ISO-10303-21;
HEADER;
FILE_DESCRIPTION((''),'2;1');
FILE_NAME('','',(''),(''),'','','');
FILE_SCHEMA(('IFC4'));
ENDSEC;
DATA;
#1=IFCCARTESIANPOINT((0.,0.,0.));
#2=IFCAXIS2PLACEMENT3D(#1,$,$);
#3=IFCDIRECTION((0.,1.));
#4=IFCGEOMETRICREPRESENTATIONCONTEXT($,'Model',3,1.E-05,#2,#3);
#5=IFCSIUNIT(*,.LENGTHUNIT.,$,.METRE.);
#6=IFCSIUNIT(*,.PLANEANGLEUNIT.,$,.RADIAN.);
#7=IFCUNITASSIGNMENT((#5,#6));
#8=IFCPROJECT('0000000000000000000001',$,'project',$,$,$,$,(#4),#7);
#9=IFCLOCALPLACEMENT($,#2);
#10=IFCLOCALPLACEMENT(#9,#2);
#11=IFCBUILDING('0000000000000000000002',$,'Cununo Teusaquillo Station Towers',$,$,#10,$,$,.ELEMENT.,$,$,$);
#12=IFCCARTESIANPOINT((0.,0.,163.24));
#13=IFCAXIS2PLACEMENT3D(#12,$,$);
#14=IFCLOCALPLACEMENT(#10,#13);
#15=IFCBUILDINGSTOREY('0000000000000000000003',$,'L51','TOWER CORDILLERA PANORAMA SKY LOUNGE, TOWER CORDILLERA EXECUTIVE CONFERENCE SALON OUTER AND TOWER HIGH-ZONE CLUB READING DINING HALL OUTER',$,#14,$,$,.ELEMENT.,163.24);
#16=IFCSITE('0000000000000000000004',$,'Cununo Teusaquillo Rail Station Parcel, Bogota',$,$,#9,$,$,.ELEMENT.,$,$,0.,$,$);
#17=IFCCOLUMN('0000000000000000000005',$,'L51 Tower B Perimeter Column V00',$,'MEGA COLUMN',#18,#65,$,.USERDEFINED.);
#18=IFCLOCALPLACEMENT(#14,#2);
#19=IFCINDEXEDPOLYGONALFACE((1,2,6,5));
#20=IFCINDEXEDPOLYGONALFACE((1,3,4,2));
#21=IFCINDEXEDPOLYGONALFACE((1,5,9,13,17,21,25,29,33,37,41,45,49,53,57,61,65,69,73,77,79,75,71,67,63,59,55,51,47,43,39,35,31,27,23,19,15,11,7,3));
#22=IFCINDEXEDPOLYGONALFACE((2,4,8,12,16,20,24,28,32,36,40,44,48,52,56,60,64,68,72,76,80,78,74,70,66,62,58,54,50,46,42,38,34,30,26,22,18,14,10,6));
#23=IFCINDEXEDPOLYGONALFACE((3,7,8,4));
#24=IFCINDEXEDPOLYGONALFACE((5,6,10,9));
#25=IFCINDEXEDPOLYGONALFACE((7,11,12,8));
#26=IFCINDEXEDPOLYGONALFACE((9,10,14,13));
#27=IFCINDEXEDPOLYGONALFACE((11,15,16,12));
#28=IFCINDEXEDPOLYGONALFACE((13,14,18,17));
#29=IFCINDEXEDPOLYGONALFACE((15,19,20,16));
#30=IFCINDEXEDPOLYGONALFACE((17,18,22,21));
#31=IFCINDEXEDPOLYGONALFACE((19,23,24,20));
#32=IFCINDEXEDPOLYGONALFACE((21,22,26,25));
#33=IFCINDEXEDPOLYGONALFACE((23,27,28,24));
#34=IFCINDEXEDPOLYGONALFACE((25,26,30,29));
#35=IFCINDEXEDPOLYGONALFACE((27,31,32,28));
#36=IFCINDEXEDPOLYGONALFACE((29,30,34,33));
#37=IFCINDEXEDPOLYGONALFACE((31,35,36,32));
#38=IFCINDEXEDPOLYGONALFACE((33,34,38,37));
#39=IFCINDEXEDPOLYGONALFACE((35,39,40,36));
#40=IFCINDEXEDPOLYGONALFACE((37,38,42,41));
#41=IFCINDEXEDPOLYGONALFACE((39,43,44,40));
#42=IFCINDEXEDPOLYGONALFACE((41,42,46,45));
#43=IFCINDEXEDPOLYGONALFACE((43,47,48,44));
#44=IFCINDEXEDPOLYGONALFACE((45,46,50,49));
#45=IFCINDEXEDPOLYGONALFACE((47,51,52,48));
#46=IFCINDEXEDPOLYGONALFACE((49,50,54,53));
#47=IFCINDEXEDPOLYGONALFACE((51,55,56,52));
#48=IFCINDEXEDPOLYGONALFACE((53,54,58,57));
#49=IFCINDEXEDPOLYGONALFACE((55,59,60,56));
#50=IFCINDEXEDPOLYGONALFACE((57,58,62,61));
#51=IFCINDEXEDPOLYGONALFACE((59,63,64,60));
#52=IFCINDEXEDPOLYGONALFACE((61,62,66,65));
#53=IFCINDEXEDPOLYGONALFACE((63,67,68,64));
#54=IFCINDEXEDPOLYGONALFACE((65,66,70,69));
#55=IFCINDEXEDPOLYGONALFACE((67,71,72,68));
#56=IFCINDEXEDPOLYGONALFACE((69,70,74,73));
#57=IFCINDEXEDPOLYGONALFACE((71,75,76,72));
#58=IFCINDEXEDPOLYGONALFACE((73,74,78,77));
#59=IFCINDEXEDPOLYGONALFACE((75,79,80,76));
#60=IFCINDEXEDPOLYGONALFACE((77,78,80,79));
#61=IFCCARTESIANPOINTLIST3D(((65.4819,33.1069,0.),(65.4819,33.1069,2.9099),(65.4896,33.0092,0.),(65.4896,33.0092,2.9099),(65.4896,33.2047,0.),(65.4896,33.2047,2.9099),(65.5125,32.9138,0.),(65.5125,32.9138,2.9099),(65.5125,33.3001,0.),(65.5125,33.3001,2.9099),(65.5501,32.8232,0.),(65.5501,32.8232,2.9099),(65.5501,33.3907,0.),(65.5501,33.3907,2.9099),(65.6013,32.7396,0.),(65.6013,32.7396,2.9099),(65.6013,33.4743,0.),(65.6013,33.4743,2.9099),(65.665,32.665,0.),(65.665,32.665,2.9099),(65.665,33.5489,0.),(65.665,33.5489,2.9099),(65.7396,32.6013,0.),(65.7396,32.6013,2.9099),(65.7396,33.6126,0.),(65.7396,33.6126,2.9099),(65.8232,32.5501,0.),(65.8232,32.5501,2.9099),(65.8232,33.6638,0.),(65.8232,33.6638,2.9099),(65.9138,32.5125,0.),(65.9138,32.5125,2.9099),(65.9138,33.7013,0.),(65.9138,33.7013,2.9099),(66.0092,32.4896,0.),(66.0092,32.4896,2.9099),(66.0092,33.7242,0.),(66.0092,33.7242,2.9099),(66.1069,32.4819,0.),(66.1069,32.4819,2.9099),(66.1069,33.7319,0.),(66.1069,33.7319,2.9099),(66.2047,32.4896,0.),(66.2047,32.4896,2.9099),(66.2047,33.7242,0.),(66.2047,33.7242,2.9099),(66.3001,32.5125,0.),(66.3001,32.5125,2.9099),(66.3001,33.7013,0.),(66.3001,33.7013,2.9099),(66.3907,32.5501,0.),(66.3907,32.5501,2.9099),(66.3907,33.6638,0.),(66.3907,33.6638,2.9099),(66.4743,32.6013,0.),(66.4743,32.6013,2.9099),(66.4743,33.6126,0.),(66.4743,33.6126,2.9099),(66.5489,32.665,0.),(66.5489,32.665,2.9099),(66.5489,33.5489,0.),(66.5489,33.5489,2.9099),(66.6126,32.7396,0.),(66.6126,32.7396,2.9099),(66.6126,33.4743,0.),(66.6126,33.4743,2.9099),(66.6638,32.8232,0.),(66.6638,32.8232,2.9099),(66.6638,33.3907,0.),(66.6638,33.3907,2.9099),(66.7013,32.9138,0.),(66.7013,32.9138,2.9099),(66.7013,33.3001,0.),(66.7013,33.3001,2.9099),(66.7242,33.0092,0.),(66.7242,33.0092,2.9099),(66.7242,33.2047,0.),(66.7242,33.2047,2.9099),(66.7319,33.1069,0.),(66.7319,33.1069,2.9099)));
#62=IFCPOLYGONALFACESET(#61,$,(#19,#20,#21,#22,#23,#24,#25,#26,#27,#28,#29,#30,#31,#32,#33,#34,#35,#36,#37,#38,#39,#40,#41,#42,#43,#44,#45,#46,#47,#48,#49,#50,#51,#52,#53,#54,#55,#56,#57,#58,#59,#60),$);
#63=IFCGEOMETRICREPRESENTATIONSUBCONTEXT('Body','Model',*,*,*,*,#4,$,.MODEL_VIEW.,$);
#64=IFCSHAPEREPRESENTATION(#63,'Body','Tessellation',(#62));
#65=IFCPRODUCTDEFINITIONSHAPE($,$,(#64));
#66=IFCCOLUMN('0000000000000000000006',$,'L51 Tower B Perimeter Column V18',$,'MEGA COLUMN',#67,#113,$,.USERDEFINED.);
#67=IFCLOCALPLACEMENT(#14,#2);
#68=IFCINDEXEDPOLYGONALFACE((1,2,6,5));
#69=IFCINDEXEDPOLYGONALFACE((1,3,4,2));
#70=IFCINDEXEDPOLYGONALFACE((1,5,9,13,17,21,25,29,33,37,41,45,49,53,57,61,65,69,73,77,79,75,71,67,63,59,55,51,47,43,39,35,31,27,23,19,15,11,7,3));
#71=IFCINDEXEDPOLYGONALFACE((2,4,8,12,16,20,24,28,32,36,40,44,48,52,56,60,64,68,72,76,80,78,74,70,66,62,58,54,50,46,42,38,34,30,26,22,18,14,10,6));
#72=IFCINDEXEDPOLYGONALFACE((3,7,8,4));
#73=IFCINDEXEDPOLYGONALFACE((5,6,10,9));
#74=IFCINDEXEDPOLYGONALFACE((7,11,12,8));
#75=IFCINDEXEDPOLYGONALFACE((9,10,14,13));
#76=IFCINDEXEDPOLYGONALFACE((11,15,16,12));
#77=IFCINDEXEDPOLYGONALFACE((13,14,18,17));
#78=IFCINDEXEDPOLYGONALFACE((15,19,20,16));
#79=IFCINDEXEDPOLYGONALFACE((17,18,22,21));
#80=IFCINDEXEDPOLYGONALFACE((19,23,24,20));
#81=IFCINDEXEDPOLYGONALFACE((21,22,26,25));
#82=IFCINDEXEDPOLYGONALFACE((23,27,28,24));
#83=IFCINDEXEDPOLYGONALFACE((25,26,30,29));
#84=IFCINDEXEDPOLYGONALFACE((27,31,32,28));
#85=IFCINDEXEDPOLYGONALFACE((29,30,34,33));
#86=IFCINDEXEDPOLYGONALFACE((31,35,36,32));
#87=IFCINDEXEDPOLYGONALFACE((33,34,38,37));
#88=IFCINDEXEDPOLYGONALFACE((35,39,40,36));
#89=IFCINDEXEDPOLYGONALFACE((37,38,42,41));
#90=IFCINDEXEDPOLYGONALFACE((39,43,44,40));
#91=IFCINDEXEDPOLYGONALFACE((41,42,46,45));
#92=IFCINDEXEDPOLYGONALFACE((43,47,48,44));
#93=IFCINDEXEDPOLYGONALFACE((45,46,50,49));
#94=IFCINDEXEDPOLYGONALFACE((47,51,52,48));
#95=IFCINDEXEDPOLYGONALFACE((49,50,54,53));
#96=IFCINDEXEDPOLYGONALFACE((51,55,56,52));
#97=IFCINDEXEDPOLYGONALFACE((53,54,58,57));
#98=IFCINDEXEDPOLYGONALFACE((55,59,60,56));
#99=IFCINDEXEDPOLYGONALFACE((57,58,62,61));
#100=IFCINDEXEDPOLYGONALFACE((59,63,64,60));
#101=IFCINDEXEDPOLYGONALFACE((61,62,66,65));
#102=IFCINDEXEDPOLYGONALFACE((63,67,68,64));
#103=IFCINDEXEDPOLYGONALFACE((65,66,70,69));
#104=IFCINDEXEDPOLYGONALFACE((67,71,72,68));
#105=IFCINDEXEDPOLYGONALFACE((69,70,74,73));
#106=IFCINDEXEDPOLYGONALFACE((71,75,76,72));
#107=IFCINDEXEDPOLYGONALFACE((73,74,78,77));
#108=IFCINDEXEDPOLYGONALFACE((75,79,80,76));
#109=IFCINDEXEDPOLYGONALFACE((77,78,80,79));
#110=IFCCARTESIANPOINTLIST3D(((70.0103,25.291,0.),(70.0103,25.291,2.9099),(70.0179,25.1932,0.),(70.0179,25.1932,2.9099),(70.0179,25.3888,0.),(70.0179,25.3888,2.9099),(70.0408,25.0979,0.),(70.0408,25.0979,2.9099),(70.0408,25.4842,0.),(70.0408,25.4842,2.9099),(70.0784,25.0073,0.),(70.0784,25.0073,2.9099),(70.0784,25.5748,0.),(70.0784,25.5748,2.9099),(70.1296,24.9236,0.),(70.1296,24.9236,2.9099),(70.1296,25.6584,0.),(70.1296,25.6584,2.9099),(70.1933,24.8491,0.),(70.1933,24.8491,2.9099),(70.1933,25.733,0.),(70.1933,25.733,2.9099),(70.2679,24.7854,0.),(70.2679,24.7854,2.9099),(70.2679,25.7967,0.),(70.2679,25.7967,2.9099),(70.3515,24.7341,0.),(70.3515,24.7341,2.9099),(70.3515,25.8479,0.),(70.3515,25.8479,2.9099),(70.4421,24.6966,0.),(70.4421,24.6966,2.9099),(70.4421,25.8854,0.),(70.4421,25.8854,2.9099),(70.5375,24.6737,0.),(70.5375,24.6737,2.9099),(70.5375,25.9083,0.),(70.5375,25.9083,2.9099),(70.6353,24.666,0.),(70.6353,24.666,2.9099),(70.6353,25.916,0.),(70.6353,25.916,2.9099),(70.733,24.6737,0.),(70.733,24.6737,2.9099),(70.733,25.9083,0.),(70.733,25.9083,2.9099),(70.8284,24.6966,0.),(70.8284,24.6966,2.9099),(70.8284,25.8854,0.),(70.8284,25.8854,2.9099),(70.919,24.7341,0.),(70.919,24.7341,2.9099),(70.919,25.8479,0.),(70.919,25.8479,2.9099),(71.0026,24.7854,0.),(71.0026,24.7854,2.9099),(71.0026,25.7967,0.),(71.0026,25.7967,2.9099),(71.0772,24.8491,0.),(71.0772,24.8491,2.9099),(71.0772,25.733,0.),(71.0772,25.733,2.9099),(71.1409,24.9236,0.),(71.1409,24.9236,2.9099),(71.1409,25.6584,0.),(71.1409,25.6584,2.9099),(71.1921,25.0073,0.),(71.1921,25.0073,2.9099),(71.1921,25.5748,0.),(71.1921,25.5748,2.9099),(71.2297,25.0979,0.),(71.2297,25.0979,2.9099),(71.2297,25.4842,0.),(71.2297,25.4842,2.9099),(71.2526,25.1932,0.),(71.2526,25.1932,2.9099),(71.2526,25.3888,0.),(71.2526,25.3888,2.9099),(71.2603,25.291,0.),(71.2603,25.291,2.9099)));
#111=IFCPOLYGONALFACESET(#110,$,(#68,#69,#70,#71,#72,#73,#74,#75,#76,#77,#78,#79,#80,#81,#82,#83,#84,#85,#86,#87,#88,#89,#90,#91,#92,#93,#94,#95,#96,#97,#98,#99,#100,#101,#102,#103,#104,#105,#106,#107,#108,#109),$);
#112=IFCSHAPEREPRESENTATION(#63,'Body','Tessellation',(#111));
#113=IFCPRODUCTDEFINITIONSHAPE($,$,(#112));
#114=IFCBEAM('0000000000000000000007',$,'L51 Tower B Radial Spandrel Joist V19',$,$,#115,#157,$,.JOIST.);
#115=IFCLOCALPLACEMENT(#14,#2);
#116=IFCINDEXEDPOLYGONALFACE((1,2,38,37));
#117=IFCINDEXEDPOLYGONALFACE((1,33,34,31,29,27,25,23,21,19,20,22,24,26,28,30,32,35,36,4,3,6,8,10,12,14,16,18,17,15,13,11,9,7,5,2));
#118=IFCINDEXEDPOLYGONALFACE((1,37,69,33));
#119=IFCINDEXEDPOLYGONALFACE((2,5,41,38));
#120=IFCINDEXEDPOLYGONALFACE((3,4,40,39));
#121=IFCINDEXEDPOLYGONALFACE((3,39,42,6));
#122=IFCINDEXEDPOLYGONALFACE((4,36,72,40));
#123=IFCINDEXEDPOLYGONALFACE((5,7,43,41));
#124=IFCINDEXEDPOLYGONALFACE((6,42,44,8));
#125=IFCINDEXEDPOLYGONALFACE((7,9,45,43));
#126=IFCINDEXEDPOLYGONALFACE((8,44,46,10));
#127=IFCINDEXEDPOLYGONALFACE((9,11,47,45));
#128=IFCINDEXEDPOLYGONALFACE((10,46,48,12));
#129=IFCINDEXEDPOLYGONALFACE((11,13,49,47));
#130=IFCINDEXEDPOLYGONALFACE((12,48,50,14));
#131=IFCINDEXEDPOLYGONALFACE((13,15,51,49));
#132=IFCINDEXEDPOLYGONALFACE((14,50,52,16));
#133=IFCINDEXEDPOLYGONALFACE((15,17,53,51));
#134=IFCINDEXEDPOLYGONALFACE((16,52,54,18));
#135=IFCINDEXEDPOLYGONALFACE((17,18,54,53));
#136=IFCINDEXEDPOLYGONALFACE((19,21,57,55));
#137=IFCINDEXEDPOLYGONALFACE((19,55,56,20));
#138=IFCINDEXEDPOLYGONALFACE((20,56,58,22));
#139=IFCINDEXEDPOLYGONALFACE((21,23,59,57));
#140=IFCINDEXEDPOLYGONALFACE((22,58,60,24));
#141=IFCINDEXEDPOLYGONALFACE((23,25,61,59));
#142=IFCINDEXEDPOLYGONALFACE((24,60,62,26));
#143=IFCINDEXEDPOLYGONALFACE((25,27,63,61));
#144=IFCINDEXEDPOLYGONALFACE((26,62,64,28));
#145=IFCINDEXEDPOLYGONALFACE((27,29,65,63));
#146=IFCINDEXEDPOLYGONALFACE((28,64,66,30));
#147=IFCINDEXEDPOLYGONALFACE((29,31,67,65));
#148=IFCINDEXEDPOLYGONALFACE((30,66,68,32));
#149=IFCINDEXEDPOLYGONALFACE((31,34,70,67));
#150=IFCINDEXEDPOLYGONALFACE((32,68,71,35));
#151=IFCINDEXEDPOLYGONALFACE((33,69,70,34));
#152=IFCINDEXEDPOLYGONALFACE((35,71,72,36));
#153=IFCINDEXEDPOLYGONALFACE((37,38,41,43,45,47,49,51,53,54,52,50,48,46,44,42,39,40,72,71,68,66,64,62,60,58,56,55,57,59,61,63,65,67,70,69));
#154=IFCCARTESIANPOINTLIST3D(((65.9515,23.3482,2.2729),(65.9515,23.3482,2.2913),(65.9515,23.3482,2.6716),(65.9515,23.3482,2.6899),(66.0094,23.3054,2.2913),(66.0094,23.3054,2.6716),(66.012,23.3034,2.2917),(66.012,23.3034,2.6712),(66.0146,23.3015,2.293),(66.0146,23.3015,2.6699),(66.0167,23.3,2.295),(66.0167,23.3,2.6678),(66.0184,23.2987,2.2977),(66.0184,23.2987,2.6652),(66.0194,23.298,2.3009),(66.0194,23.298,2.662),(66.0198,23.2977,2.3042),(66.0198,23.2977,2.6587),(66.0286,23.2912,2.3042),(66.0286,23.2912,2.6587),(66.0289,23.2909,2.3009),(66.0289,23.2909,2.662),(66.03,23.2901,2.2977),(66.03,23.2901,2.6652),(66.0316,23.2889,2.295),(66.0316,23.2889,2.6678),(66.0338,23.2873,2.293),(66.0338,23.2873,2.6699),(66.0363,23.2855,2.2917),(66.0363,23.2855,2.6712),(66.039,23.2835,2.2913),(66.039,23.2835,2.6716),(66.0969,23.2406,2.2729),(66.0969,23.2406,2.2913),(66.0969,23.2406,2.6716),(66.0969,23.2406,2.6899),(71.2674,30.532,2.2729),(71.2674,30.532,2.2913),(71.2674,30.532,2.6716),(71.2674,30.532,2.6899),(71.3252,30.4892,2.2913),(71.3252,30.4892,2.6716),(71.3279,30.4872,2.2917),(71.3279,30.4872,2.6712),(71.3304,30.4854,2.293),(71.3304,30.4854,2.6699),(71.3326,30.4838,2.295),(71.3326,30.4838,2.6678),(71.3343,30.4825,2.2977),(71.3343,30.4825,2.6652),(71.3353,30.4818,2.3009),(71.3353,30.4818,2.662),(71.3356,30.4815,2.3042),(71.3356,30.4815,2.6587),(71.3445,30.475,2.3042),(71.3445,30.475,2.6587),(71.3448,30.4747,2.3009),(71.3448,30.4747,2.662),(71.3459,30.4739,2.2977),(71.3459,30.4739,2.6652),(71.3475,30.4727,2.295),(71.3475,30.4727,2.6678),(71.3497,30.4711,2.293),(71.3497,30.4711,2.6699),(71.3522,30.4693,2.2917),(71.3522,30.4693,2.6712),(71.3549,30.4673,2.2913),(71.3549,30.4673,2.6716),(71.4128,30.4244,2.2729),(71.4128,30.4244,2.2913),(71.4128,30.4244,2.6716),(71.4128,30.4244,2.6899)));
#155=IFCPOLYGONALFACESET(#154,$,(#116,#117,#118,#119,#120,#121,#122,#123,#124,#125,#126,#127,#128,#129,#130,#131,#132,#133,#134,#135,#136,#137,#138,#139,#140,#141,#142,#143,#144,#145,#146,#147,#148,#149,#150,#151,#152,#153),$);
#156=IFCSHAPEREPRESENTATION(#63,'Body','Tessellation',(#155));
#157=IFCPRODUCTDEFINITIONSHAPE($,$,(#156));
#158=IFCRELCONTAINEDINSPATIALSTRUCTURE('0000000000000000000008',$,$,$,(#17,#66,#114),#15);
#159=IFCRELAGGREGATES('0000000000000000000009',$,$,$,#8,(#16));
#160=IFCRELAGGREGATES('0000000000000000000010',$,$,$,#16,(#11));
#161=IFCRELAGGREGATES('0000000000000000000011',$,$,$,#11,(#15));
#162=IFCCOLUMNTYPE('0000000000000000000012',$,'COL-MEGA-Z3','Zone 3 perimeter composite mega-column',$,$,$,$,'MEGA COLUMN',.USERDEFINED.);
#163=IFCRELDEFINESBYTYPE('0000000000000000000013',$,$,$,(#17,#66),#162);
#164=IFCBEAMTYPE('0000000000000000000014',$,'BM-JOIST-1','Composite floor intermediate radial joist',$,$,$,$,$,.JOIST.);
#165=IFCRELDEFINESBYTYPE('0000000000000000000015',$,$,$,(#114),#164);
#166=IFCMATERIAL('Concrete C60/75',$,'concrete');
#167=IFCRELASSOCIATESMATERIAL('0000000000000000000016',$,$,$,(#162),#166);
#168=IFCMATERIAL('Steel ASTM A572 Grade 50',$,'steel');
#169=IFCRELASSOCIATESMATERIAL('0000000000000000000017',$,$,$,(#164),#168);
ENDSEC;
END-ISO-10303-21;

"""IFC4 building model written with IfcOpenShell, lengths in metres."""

from ifc_helpers import new_model, si_unit, direction, frame, origin, origin_2d, place, context, subcontext, project, spatial, circle, i_section, extrude, material, material_profile, profile_set, type_object, element, save


model = new_model("IFC4")

# Units and contexts
model_context = context("Model", 3, precision=1e-05, world=origin(), true_north=direction((0.0, 1.0)))
body_context = subcontext(model_context, "Body", "Model", "MODEL_VIEW")
ifc_project = project(units=[si_unit("LENGTHUNIT", "METRE"), si_unit("PLANEANGLEUNIT", "RADIAN")], contexts=[model_context])

# Site, building, storey
site_placement = place(None, origin())
site = spatial("IfcSite", under=ifc_project, at=site_placement, Name="Cununo Teusaquillo Rail Station Parcel, Bogota", CompositionType="ELEMENT", RefElevation=0.0)
building_placement = place(site_placement, origin())
building = spatial("IfcBuilding", under=site, at=building_placement, Name="Cununo Teusaquillo Station Towers", CompositionType="ELEMENT")
storey_placement = place(building_placement, frame((0.0, 0.0, 163.24)))
storey = spatial("IfcBuildingStorey", under=building, at=storey_placement, Name="L51", Description="TOWER CORDILLERA PANORAMA SKY LOUNGE, TOWER CORDILLERA EXECUTIVE CONFERENCE SALON OUTER AND TOWER HIGH-ZONE CLUB READING DINING HALL OUTER", CompositionType="ELEMENT", Elevation=163.24)

# Columns
ifc_material_1 = material(Name="Concrete C60/75", Category="concrete")
ifc_material_profile_1 = material_profile(ifc_material_1, circle(Radius=0.625, at=origin_2d()), Name="RC-CIRC-1250")
ifc_profile_set_1 = profile_set([ifc_material_profile_1], Name="Concrete C60/75")
column_type = type_object("IfcColumnType", Name="COL-MEGA-Z3", Description="Zone 3 perimeter composite mega-column", ElementType="MEGA COLUMN", PredefinedType="USERDEFINED", material=ifc_profile_set_1)
for number, where, z_axis, x_axis, name in (
    (1, (66.1069, 33.1069, 0.0), (0.0, 0.0, 1.0), (1.0, 0.0, 0.0), "L51 Tower B Perimeter Column V00"),
    (2, (70.6353, 25.291, 0.0), (0.0, 0.0, 1.0), (1.0, 0.0, 0.0), "L51 Tower B Perimeter Column V18"),
):
    element("IfcColumn", number, at=place(storey_placement, frame(where, z_axis=z_axis, x_axis=x_axis)), inside=storey, type_object=column_type, Name=name, ObjectType="MEGA COLUMN", PredefinedType="USERDEFINED", context=body_context, shape_type="SweptSolid", body=[
        extrude(circle(Radius=0.625, at=origin_2d()), origin(), (0.0, 0.0, 1.0), 2.9099),
    ])

# Beam
ifc_material_2 = material(Name="Steel ASTM A572 Grade 50", Category="steel")
ifc_material_profile_2 = material_profile(ifc_material_2, i_section(OverallWidth=0.1809, OverallDepth=0.417, WebThickness=0.011, FlangeThickness=0.0183, FilletRadius=0.0129, at=origin_2d()), Name="W16X57")
ifc_profile_set_2 = profile_set([ifc_material_profile_2], Name="Steel ASTM A572 Grade 50")
beam_type_1 = type_object("IfcBeamType", Name="BM-JOIST-1", Description="Composite floor intermediate radial joist", PredefinedType="JOIST", material=ifc_profile_set_2)
beam_1_placement = place(storey_placement, frame((66.0242, 23.2944, 2.4814), z_axis=(0.594834, 0.803848, 0.0), x_axis=(-0.803848, 0.594834, 0.0)))
element("IfcBeam", 3, at=beam_1_placement, inside=storey, type_object=beam_type_1, Name="L51 Tower B Radial Spandrel Joist V19", PredefinedType="JOIST", context=body_context, shape_type="SweptSolid", body=[
    extrude(i_section(OverallWidth=0.1809, OverallDepth=0.417, WebThickness=0.011, FlangeThickness=0.0183, FilletRadius=0.0129, at=origin_2d()), origin(), (0.0, 0.0, 1.0), 8.9368),
])

save(model, "model.ifc")
